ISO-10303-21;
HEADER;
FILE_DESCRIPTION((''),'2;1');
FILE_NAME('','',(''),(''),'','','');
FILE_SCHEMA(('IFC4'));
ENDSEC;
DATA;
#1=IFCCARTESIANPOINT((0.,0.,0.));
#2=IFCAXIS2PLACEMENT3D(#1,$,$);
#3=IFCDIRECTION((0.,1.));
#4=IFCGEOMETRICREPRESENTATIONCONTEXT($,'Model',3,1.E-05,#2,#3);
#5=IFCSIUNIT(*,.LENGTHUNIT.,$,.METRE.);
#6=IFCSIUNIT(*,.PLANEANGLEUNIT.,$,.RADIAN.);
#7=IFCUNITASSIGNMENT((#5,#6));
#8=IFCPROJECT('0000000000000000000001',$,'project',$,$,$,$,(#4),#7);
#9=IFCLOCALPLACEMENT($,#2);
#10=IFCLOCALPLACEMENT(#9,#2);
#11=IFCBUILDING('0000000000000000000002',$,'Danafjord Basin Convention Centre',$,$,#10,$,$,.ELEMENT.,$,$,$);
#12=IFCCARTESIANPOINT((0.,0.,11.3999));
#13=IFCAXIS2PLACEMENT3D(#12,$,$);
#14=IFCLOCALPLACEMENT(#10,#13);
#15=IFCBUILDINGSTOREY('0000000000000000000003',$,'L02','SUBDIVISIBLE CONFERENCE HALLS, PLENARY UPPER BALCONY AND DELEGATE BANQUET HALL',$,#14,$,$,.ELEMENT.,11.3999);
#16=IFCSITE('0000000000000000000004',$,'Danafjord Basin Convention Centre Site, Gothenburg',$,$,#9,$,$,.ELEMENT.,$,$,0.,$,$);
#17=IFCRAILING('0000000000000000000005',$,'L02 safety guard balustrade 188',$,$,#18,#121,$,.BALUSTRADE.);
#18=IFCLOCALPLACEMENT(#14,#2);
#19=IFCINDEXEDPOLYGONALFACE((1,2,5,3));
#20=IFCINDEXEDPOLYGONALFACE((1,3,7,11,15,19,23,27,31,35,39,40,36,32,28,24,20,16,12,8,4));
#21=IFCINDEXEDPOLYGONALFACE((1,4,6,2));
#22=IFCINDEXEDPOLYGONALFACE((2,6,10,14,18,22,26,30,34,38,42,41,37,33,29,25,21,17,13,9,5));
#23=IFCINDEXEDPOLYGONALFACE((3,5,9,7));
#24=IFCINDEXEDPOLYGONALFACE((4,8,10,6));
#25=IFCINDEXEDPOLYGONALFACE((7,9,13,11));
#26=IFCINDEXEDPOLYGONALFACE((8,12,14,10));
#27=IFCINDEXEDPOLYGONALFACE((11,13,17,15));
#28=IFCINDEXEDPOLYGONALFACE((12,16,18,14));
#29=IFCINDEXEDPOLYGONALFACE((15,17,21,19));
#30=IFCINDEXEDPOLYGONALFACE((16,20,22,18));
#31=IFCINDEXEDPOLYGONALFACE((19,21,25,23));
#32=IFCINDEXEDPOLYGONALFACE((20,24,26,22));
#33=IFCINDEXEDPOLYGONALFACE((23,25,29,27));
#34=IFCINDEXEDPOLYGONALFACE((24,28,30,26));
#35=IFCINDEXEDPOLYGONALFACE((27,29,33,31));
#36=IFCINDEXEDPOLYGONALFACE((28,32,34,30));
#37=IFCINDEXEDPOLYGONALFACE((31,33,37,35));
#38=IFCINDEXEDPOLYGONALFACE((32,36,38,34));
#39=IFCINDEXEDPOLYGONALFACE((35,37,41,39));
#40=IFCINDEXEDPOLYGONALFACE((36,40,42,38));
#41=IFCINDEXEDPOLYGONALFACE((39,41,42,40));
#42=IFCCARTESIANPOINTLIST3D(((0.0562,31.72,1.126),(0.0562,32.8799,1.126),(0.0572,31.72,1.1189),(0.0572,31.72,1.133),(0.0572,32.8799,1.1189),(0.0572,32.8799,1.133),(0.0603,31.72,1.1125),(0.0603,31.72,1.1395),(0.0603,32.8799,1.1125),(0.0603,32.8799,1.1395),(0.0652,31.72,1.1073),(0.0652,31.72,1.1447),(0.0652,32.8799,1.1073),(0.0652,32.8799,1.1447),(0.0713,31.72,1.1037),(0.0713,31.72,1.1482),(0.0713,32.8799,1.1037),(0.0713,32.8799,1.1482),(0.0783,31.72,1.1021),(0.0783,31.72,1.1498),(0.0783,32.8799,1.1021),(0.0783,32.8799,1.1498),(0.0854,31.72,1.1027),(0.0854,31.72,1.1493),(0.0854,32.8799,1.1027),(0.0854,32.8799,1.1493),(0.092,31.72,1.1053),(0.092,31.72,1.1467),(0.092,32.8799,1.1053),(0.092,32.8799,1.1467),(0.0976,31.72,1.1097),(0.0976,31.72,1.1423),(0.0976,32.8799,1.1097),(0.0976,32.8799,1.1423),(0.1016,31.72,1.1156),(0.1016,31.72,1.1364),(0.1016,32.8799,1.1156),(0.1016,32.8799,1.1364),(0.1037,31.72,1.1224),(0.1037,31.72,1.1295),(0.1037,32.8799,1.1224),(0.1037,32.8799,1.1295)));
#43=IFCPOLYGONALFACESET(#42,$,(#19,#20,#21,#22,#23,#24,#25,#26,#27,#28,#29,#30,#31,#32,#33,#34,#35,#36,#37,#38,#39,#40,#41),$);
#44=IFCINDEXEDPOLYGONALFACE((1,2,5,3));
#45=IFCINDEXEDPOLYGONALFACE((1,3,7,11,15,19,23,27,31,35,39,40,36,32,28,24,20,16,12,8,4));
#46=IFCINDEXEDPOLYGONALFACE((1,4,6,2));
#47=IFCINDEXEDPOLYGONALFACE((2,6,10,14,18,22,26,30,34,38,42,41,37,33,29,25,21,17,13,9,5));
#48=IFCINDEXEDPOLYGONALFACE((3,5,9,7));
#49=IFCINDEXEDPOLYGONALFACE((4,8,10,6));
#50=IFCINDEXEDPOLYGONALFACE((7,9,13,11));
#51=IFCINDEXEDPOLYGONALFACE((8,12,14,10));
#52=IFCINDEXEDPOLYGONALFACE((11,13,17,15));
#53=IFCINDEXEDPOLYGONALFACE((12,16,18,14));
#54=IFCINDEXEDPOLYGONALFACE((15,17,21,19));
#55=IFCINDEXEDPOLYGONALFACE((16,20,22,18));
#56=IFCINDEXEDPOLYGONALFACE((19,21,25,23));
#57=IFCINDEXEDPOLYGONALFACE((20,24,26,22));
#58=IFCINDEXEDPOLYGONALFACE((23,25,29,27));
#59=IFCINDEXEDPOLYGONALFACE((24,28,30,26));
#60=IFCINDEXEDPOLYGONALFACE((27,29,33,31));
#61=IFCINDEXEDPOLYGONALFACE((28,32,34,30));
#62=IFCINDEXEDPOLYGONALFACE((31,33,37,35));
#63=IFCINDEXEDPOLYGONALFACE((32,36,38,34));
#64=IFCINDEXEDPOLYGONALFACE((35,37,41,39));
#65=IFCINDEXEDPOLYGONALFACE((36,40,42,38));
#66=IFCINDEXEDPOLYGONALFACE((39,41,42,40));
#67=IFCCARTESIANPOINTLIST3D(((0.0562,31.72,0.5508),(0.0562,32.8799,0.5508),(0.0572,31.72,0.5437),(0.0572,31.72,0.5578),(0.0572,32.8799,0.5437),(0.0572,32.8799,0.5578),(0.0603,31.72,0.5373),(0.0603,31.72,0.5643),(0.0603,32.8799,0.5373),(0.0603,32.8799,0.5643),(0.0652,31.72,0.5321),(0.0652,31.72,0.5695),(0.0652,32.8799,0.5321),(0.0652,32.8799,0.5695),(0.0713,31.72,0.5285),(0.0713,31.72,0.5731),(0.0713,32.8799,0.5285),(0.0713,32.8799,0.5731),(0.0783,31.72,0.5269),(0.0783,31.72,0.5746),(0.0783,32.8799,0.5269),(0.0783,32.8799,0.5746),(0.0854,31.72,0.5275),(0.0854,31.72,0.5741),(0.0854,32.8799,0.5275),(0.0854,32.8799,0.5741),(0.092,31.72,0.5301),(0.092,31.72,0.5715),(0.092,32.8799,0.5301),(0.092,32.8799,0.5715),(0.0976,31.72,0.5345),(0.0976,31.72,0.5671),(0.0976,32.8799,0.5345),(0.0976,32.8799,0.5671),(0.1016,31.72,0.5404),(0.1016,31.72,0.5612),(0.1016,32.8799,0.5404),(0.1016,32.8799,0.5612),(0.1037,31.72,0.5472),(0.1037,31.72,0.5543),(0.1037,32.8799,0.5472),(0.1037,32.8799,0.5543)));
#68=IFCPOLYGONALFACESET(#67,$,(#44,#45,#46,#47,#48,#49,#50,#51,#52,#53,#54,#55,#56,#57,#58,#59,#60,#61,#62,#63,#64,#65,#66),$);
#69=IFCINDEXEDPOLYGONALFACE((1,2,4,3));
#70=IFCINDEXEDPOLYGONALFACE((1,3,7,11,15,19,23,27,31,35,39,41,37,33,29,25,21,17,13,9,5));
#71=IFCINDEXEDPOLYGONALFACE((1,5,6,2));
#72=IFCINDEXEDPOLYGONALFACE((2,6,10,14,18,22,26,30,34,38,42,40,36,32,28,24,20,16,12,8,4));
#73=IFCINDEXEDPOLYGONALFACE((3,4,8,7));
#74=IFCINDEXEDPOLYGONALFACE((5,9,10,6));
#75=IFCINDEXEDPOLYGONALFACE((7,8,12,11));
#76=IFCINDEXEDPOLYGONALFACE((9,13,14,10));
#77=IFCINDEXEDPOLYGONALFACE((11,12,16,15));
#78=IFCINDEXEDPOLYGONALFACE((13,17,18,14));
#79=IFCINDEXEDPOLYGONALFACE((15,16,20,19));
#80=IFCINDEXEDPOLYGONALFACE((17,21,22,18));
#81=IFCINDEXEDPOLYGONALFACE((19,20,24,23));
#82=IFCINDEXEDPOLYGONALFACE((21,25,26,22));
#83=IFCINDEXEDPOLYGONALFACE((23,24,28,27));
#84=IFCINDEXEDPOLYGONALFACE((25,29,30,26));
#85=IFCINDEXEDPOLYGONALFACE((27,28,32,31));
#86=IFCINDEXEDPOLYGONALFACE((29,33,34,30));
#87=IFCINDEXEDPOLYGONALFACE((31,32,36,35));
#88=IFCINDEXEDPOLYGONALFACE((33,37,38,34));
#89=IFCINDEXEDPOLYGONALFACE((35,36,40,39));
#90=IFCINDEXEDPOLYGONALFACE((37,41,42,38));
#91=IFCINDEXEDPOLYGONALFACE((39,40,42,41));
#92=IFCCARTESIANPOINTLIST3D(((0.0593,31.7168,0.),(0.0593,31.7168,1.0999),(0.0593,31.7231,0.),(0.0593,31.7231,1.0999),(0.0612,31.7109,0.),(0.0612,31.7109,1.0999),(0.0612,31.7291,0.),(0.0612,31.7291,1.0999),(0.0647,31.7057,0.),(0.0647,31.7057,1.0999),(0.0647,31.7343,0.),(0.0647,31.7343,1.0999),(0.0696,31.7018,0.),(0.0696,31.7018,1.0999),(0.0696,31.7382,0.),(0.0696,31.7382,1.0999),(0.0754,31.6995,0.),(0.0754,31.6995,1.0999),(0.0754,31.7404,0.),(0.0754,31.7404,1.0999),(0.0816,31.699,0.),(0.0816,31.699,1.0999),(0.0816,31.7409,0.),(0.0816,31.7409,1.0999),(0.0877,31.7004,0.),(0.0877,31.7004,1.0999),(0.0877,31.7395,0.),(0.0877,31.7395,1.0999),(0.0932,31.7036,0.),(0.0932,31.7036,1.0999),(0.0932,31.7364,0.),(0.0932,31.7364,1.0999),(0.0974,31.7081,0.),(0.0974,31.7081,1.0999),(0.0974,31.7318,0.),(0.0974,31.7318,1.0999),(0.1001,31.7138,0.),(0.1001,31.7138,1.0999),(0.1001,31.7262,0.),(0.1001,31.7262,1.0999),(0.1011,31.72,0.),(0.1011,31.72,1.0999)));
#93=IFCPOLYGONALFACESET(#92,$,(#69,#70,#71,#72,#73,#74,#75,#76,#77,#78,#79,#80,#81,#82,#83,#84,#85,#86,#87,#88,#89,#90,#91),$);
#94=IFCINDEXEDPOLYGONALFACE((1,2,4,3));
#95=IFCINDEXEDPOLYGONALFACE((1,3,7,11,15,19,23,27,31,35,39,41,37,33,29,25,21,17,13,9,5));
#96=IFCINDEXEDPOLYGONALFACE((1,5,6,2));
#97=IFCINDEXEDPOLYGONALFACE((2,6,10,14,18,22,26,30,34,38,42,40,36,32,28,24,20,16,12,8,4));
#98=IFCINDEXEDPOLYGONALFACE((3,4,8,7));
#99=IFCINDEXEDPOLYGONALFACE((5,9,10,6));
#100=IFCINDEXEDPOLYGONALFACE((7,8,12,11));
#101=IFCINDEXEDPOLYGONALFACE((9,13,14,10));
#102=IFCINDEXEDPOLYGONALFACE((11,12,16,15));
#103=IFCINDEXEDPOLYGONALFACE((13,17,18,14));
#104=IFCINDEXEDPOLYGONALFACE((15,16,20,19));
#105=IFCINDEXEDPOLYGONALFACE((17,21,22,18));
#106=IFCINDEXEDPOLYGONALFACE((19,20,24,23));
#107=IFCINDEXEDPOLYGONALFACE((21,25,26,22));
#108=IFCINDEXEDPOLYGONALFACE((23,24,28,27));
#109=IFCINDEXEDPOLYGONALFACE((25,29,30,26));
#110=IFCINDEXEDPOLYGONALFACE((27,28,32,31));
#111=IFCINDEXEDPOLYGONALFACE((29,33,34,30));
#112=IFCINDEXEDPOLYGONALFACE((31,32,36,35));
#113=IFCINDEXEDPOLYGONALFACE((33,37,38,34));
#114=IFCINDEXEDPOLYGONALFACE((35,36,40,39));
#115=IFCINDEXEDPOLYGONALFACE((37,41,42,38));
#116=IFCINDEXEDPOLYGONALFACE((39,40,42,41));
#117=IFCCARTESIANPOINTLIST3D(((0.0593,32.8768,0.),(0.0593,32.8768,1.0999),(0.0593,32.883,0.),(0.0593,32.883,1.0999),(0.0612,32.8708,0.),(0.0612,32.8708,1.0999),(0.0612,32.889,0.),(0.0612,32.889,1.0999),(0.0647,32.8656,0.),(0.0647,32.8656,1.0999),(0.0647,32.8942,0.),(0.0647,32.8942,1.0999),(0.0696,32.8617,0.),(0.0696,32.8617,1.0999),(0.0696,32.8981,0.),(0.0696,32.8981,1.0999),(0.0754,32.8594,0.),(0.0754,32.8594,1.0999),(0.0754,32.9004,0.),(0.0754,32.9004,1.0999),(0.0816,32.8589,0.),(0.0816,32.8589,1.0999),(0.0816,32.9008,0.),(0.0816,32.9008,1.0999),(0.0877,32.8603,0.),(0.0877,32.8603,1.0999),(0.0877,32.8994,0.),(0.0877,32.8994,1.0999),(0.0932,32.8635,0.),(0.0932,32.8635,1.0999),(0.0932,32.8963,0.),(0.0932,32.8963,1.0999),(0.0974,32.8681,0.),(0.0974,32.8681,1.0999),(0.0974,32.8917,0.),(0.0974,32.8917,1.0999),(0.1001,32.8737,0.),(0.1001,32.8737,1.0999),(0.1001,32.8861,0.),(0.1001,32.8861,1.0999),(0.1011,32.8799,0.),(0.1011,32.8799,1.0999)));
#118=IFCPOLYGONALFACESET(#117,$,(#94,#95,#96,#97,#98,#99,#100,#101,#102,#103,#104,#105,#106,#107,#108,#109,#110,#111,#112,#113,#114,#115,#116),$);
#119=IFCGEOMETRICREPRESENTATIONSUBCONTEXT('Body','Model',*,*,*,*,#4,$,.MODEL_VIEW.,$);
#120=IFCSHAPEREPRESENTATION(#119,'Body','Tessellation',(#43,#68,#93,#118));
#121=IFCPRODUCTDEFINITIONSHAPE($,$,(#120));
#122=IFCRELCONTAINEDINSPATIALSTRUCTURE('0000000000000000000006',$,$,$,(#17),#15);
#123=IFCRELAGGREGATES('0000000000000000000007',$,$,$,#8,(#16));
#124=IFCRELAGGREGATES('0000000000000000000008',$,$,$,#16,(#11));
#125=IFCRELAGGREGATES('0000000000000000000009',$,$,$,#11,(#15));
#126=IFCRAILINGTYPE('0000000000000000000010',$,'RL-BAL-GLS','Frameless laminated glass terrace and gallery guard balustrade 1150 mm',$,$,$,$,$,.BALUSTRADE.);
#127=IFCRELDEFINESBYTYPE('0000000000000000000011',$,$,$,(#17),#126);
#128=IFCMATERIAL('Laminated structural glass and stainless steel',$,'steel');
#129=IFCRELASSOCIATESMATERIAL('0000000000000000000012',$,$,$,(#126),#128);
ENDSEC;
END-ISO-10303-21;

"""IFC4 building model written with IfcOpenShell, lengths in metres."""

from ifc_helpers import new_model, si_unit, direction, frame, origin, origin_2d, place, context, subcontext, project, spatial, circle, extrude, material, type_object, element, save


model = new_model("IFC4")

# Units and contexts
model_context = context("Model", 3, precision=1e-05, world=origin(), true_north=direction((0.0, 1.0)))
body_context = subcontext(model_context, "Body", "Model", "MODEL_VIEW")
ifc_project = project(units=[si_unit("LENGTHUNIT", "METRE"), si_unit("PLANEANGLEUNIT", "RADIAN")], contexts=[model_context])

# Site, building, storey
site_placement = place(None, origin())
site = spatial("IfcSite", under=ifc_project, at=site_placement, Name="Danafjord Basin Convention Centre Site, Gothenburg", CompositionType="ELEMENT", RefElevation=0.0)
building_placement = place(site_placement, origin())
building = spatial("IfcBuilding", under=site, at=building_placement, Name="Danafjord Basin Convention Centre", CompositionType="ELEMENT")
storey_placement = place(building_placement, frame((0.0, 0.0, 11.3999)))
storey = spatial("IfcBuildingStorey", under=building, at=storey_placement, Name="L02", Description="SUBDIVISIBLE CONFERENCE HALLS, PLENARY UPPER BALCONY AND DELEGATE BANQUET HALL", CompositionType="ELEMENT", Elevation=11.3999)

# Railing
ifc_material_1 = material(Name="Laminated structural glass and stainless steel", Category="steel")
railing_type = type_object("IfcRailingType", Name="RL-BAL-GLS", Description="Frameless laminated glass terrace and gallery guard balustrade 1150 mm", PredefinedType="BALUSTRADE", material=ifc_material_1)
for number, where, name in (
    (1, (0.0801, 31.72, 0.0), "L02 safety guard balustrade 188"),
):
    element("IfcRailing", number, at=place(storey_placement, frame(where)), inside=storey, type_object=railing_type, Name=name, PredefinedType="BALUSTRADE", context=body_context, shape_type="SweptSolid", body=[
        extrude(circle(Radius=0.0239, at=origin_2d()), frame((0.0, 0.0, 1.126), z_axis=(0.0, 1.0, 0.0), x_axis=(-1.0, 0.0, 0.0)), (0.0, 0.0, 1.0), 1.1599),
        extrude(circle(Radius=0.0239, at=origin_2d()), frame((0.0, 0.0, 0.5508), z_axis=(0.0, 1.0, 0.0), x_axis=(-1.0, 0.0, 0.0)), (0.0, 0.0, 1.0), 1.1599),
        extrude(circle(Radius=0.021, at=origin_2d()), origin(), (0.0, 0.0, 1.0), 1.0999),
        extrude(circle(Radius=0.021, at=origin_2d()), frame((0.0, 1.1599, 0.0)), (0.0, 0.0, 1.0), 1.0999),
    ])

save(model, "model.ifc")
